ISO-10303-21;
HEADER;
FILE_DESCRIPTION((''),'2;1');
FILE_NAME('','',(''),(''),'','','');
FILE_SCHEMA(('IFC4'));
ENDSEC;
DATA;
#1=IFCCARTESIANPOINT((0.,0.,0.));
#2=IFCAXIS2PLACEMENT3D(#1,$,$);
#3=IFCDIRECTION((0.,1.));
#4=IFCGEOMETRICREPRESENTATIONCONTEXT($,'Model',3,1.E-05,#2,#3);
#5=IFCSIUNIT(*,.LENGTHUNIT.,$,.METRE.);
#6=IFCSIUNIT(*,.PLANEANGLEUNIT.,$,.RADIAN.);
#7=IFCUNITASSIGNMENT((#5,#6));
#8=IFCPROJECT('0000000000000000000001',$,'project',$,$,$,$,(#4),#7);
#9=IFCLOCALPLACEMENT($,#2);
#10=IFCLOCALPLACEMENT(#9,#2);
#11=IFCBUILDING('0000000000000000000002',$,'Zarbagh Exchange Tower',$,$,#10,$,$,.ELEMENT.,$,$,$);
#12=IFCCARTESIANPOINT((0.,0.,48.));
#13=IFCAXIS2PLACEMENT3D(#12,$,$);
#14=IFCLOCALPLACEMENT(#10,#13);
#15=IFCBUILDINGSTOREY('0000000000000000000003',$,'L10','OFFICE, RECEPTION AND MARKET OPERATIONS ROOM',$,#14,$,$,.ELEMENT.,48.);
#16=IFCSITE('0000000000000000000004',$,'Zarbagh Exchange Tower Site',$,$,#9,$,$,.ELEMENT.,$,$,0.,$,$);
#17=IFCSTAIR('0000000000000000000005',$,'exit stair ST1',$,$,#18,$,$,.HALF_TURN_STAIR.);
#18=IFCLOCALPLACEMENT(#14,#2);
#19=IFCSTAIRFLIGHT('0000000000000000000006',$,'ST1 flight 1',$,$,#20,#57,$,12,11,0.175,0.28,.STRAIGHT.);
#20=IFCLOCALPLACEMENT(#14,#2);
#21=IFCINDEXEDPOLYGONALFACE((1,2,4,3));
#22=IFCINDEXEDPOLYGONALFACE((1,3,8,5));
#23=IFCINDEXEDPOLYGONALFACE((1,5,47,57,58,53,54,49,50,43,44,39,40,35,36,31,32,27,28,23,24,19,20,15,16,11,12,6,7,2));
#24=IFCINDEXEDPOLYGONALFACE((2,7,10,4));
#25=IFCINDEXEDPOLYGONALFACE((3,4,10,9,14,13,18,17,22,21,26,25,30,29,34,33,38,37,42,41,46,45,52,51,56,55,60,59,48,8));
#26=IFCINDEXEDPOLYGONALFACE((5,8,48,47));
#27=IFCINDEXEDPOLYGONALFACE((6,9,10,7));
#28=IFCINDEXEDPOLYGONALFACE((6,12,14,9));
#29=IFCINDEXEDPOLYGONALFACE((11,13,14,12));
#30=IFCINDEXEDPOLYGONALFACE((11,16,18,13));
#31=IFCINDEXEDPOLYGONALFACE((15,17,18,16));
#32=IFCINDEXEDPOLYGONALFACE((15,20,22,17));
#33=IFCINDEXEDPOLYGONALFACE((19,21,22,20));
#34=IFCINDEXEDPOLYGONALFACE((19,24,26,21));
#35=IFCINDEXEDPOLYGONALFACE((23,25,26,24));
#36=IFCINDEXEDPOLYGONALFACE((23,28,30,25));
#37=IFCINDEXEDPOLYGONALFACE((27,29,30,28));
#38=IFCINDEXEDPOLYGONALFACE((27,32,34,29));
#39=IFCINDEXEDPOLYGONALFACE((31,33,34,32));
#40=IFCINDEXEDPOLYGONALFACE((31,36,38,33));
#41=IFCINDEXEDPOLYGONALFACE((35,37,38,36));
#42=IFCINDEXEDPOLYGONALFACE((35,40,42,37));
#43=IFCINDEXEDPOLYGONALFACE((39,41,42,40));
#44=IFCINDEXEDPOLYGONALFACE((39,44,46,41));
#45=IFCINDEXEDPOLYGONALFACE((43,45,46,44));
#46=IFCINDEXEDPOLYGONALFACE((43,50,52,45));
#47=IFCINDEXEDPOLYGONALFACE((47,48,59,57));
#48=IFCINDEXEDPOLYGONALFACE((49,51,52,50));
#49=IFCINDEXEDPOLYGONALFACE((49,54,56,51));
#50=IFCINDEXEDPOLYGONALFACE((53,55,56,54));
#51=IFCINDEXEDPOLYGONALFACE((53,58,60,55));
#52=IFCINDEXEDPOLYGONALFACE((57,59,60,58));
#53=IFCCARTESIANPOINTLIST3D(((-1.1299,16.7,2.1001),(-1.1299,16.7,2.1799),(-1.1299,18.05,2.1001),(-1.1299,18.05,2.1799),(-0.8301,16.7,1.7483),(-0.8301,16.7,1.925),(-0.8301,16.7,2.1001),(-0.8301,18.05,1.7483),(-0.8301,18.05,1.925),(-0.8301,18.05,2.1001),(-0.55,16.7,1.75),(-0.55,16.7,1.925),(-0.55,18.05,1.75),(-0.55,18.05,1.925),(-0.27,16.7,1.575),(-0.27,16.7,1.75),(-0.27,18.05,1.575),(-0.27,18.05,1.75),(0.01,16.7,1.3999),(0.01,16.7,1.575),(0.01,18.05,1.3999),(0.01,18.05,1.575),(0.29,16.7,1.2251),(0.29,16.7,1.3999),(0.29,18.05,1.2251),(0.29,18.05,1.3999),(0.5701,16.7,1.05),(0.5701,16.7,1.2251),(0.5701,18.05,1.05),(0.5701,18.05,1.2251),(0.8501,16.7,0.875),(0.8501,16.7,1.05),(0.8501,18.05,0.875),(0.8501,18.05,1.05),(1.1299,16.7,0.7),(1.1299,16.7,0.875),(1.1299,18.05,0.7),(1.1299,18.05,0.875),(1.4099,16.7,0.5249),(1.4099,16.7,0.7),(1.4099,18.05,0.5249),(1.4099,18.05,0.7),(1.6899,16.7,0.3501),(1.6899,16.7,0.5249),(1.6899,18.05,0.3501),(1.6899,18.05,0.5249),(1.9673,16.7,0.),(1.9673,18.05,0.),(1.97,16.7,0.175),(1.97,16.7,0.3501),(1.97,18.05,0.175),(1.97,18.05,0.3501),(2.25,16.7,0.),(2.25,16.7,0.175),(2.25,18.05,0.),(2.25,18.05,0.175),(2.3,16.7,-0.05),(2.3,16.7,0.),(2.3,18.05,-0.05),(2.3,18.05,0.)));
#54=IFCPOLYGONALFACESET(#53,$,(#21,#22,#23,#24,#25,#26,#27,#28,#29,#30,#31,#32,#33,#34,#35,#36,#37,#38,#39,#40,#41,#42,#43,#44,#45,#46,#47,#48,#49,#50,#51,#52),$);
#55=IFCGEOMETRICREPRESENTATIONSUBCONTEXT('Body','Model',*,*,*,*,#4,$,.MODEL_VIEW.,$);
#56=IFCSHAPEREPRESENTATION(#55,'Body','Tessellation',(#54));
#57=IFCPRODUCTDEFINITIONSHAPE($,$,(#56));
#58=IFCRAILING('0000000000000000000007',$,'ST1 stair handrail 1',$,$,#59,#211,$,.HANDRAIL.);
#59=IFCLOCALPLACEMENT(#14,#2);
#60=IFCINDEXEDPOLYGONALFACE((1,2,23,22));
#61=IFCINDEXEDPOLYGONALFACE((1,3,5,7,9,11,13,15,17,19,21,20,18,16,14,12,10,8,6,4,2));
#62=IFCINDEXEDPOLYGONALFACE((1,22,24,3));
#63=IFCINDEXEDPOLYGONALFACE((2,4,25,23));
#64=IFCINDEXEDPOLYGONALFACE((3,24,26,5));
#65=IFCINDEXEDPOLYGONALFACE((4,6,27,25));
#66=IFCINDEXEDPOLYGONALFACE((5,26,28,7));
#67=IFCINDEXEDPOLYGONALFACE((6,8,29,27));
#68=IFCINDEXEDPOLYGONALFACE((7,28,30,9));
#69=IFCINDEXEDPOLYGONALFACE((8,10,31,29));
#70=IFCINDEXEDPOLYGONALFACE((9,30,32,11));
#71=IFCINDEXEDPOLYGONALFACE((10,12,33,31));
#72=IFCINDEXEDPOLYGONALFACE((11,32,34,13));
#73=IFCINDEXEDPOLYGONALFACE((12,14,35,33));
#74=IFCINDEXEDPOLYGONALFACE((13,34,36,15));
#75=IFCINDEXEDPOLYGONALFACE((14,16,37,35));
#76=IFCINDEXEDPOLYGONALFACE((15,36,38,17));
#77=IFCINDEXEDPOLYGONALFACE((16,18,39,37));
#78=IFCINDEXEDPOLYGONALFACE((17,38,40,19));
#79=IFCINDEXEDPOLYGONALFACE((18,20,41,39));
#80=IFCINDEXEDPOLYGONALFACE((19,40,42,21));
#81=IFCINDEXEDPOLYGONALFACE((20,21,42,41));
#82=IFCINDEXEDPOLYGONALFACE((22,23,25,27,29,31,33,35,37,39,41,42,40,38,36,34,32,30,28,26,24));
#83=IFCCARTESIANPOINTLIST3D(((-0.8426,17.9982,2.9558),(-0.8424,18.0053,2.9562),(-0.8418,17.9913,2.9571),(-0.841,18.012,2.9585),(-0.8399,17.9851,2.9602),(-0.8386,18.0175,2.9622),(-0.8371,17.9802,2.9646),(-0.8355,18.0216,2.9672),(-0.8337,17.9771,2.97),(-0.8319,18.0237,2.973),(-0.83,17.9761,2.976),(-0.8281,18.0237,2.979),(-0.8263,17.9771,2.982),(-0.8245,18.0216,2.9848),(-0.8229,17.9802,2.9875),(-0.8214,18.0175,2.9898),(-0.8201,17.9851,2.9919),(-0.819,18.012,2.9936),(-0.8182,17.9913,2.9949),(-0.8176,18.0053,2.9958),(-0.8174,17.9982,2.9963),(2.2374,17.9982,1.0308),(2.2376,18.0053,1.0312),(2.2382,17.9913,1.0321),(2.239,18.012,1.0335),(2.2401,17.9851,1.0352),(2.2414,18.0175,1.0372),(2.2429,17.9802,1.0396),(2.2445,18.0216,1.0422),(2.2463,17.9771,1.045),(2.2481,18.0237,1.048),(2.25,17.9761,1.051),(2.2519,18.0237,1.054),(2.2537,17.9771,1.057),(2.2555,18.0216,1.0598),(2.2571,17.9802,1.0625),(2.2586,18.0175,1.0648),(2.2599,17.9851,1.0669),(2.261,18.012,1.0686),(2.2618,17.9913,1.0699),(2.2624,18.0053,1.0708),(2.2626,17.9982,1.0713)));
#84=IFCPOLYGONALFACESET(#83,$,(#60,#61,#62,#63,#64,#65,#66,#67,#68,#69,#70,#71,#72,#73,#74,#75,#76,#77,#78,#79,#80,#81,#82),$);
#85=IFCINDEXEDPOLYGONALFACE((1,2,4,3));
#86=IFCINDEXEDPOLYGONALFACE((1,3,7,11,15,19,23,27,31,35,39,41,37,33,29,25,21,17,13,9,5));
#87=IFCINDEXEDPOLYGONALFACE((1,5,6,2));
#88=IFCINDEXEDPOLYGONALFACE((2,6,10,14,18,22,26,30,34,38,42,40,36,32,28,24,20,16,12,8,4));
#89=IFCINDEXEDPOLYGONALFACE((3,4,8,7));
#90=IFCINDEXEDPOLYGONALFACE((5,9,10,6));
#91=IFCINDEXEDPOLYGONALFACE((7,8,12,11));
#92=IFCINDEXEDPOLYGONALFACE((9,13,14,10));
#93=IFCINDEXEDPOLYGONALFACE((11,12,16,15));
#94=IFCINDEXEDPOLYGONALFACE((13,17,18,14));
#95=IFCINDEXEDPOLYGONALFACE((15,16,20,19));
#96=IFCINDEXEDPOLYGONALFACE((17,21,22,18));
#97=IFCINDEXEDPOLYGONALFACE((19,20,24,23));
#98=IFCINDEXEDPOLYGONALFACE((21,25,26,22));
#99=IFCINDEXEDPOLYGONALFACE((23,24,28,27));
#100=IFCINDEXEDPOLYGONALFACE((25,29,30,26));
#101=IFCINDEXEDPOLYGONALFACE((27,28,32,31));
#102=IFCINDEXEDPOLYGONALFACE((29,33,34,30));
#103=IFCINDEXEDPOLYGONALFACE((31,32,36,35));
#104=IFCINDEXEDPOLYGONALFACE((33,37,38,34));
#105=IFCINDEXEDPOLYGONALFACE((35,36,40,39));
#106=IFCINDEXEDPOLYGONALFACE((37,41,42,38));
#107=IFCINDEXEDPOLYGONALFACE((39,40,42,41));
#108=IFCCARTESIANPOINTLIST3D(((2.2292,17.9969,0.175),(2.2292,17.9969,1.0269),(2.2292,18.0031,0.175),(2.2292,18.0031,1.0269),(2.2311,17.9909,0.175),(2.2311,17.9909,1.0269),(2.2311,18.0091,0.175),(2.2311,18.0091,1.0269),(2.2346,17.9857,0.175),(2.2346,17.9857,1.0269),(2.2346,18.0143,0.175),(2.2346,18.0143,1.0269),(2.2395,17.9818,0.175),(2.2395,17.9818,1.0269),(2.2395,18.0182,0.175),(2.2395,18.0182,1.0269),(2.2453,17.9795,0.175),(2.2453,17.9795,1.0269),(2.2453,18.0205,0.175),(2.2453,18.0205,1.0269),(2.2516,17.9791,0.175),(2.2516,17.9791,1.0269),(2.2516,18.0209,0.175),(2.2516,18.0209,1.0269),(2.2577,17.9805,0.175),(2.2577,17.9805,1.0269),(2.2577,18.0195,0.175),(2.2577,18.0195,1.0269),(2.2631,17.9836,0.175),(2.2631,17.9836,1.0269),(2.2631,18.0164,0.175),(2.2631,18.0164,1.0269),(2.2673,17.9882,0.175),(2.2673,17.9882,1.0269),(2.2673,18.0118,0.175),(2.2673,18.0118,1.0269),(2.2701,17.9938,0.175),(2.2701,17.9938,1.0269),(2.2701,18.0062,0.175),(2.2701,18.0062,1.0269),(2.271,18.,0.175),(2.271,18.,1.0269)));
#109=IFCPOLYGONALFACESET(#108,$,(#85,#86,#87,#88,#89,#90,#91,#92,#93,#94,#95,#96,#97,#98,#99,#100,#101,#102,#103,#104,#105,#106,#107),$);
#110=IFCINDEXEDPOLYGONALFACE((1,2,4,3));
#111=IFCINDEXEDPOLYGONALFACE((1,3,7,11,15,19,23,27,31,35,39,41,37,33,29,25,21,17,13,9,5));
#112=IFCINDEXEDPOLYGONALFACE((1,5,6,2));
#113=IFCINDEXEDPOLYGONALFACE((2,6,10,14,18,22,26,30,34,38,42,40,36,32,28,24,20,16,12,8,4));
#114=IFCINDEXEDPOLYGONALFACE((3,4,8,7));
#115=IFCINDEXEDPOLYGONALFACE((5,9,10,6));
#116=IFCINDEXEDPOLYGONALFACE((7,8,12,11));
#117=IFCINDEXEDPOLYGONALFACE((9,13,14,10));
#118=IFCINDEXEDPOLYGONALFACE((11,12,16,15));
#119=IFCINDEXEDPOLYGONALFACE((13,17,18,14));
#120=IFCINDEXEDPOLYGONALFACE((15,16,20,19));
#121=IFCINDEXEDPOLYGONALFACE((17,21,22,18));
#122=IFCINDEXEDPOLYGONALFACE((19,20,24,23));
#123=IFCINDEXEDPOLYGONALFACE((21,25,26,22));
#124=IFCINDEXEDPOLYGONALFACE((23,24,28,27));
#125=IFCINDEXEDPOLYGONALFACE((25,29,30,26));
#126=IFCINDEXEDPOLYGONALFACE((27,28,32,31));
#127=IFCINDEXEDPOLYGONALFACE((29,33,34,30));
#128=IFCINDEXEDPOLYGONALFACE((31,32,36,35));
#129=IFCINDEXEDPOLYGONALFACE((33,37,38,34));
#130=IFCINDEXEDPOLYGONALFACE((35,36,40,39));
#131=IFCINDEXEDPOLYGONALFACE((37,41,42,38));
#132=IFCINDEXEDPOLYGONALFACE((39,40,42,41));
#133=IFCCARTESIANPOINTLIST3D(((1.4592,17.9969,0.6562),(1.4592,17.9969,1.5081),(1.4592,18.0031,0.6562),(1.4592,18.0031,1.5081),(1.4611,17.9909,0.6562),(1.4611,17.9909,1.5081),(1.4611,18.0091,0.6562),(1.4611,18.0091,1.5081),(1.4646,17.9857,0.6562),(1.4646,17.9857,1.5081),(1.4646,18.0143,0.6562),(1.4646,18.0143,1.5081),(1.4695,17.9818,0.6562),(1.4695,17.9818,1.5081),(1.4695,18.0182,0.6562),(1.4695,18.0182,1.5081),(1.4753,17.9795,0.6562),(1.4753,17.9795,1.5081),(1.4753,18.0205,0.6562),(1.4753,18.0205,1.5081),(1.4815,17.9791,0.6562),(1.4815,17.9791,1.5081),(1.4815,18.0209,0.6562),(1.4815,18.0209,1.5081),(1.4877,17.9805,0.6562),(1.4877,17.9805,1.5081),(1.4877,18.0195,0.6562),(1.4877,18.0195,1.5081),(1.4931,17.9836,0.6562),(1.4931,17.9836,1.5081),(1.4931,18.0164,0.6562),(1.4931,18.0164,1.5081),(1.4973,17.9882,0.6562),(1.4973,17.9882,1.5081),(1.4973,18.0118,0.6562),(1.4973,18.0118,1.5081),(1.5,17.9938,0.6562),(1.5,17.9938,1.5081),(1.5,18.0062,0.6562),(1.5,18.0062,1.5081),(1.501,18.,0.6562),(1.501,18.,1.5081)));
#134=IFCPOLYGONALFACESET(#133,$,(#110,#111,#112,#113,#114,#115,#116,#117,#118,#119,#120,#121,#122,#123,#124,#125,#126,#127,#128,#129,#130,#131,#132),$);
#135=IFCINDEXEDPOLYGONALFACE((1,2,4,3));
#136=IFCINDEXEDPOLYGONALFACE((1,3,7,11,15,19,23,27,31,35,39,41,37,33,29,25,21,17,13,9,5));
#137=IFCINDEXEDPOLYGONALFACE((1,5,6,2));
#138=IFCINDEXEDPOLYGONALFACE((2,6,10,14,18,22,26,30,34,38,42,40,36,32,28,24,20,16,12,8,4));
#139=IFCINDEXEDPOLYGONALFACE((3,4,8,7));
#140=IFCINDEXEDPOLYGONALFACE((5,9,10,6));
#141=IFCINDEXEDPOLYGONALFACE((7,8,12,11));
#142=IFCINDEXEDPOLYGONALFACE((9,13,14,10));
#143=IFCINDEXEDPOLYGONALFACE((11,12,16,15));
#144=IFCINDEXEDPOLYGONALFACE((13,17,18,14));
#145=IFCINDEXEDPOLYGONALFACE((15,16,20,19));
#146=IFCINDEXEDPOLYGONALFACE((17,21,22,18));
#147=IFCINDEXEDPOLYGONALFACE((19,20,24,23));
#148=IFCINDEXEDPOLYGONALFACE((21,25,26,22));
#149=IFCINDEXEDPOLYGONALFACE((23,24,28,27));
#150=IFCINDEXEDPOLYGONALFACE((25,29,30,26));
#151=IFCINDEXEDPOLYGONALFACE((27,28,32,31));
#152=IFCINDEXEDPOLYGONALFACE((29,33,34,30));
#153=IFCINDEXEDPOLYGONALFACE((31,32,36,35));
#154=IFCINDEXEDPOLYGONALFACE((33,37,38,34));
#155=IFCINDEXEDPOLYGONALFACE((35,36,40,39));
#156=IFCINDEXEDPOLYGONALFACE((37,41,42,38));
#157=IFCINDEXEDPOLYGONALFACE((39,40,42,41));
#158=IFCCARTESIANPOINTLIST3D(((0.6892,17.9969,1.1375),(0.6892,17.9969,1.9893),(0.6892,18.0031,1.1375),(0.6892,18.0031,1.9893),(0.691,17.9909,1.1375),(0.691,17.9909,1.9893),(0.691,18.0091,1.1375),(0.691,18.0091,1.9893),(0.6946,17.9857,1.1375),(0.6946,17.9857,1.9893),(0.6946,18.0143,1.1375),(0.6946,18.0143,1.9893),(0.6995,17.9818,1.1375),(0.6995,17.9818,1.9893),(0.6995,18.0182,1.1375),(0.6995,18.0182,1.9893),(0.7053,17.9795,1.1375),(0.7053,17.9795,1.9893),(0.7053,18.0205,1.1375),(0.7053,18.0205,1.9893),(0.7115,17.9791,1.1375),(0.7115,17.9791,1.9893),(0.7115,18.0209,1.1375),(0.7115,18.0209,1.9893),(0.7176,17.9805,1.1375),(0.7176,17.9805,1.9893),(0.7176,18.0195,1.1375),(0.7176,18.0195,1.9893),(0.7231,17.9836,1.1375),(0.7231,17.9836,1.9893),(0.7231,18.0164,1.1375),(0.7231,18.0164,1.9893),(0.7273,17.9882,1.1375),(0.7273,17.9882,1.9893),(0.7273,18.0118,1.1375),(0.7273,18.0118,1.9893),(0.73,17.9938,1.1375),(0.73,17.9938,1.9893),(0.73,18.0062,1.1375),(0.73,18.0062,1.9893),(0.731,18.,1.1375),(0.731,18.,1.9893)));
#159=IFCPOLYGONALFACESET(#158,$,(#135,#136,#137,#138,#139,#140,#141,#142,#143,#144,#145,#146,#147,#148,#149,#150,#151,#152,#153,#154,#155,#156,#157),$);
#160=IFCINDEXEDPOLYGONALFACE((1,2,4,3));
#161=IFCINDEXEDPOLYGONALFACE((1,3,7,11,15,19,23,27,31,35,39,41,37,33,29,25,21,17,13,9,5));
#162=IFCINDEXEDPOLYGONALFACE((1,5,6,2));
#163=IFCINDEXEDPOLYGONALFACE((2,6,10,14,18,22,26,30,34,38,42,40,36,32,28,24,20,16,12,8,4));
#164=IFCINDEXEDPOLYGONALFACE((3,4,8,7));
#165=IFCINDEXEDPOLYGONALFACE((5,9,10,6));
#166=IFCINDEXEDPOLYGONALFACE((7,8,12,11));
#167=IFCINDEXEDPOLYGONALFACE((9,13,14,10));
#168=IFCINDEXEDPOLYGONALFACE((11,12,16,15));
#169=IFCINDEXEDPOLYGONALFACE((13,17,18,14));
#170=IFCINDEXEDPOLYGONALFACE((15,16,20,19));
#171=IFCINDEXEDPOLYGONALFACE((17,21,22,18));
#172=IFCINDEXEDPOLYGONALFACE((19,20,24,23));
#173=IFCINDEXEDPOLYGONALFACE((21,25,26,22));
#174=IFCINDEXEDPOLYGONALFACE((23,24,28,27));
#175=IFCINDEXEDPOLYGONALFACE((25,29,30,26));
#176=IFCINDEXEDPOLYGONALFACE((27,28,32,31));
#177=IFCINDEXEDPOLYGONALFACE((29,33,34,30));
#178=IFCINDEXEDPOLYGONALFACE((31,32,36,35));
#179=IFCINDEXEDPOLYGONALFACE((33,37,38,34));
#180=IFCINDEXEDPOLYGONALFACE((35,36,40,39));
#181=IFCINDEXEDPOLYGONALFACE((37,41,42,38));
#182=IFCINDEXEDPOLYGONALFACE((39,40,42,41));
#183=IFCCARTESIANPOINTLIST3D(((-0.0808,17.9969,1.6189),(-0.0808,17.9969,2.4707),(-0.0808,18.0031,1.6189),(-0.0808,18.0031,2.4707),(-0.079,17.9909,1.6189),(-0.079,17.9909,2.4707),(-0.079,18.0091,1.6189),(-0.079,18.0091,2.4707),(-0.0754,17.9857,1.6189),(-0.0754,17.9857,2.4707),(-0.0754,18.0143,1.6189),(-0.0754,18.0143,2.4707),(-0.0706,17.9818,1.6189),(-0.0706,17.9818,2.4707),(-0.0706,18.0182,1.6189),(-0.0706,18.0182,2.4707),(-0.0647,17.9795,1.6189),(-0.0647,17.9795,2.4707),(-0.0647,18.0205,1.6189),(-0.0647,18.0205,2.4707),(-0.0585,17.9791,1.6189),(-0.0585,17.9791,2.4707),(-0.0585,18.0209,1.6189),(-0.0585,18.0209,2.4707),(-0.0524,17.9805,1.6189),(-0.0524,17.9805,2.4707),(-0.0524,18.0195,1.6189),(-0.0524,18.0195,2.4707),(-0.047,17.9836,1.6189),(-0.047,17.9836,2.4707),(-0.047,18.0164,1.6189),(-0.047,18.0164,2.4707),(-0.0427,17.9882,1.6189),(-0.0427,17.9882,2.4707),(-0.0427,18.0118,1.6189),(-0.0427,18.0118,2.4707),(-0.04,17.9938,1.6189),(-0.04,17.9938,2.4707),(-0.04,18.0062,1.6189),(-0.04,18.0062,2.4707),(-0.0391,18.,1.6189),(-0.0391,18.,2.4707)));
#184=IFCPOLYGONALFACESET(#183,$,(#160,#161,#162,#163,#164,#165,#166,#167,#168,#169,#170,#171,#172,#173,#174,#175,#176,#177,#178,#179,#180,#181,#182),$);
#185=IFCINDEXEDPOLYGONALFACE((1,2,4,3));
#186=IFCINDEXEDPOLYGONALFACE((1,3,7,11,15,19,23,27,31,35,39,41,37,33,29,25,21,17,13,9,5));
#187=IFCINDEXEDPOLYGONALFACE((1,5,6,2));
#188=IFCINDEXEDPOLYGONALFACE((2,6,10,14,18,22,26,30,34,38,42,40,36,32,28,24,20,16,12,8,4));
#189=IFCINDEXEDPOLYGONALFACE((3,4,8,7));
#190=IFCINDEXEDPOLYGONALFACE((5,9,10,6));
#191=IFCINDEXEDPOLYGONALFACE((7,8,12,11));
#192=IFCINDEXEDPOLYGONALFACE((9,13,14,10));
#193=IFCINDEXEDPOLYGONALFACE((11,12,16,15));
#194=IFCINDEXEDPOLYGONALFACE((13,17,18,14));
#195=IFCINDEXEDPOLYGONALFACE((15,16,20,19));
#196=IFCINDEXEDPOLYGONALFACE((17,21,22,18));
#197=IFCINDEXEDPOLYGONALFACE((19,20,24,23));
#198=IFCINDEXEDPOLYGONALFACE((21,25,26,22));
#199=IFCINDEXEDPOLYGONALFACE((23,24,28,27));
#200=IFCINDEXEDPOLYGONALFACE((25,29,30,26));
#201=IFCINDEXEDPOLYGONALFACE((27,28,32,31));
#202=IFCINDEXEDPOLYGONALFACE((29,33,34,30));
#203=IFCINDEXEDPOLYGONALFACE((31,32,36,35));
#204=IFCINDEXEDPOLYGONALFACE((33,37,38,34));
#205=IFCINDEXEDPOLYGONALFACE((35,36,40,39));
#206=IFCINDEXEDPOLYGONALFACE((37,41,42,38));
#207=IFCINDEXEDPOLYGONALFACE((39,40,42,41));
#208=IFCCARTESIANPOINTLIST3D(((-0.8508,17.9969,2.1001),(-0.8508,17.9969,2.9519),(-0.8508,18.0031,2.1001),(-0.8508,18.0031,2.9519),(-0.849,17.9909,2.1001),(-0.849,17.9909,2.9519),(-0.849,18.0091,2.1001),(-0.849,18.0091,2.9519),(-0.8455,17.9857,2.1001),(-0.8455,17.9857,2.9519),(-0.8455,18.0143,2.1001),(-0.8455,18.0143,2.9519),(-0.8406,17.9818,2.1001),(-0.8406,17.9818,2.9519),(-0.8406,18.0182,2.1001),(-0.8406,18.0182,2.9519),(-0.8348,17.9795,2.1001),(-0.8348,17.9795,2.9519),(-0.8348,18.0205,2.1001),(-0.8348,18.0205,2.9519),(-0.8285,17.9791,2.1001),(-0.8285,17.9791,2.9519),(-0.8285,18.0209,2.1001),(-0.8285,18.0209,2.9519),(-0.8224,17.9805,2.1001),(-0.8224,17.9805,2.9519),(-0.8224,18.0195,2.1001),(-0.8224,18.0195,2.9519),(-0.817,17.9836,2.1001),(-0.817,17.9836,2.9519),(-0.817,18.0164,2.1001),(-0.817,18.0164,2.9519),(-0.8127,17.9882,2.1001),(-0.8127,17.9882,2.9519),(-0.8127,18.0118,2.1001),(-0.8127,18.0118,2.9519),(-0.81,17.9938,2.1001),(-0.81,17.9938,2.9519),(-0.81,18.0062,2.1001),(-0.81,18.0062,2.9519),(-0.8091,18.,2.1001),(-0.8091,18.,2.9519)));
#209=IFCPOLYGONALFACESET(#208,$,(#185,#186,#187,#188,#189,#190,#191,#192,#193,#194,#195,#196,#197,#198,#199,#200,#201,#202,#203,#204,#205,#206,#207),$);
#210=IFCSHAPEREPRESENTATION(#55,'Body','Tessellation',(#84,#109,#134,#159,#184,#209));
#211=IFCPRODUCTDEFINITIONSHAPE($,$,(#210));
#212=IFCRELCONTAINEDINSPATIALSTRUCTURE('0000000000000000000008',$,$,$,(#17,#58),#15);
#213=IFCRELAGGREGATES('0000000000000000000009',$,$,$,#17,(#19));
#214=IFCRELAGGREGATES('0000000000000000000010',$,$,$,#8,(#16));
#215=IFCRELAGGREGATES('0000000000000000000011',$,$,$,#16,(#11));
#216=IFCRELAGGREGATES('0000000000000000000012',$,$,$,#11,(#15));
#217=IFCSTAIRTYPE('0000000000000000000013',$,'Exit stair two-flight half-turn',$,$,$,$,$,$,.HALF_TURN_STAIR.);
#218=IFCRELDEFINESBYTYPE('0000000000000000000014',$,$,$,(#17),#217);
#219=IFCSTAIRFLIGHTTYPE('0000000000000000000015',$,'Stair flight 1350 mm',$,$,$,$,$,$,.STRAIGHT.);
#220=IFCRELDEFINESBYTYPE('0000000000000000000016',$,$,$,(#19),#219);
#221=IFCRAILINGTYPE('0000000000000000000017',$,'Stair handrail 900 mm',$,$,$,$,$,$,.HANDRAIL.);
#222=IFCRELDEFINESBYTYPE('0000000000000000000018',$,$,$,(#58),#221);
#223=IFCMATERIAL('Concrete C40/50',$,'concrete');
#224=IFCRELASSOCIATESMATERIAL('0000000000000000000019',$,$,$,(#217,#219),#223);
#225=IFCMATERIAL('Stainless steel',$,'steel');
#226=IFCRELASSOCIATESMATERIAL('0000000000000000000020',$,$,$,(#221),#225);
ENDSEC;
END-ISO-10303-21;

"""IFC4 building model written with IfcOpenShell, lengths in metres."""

from ifc_helpers import new_model, si_unit, direction, frame, origin, origin_2d, place, context, subcontext, project, spatial, polyline, circle, outline, extrude, material, type_object, element, aggregate, save


model = new_model("IFC4")

# Units and contexts
model_context = context("Model", 3, precision=1e-05, world=origin(), true_north=direction((0.0, 1.0)))
body_context = subcontext(model_context, "Body", "Model", "MODEL_VIEW")
ifc_project = project(units=[si_unit("LENGTHUNIT", "METRE"), si_unit("PLANEANGLEUNIT", "RADIAN")], contexts=[model_context])

# Site, building, storey
site_placement = place(None, origin())
site = spatial("IfcSite", under=ifc_project, at=site_placement, Name="Zarbagh Exchange Tower Site", CompositionType="ELEMENT", RefElevation=0.0)
building_placement = place(site_placement, origin())
building = spatial("IfcBuilding", under=site, at=building_placement, Name="Zarbagh Exchange Tower", CompositionType="ELEMENT")
storey_placement = place(building_placement, frame((0.0, 0.0, 48.0)))
storey = spatial("IfcBuildingStorey", under=building, at=storey_placement, Name="L10", Description="OFFICE, RECEPTION AND MARKET OPERATIONS ROOM", CompositionType="ELEMENT", Elevation=48.0)

# Stair, stair flight
ifc_material_1 = material(Name="Concrete C40/50", Category="concrete")
stair_type = type_object("IfcStairType", Name="Exit stair two-flight half-turn", PredefinedType="HALF_TURN_STAIR", material=ifc_material_1)
stair_placement = place(storey_placement, origin())
stair = element("IfcStair", 1, at=stair_placement, inside=storey, type_object=stair_type, Name="exit stair ST1", PredefinedType="HALF_TURN_STAIR")
stair_flight_type = type_object("IfcStairFlightType", Name="Stair flight 1350 mm", PredefinedType="STRAIGHT", material=ifc_material_1)
stair_flight_placement = place(storey_placement, frame((2.25, 17.375, 0.0), z_axis=(0.0, 0.0, 1.0), x_axis=(-1.0, 0.0, 0.0)))
stair_flight = element("IfcStairFlight", 2, at=stair_flight_placement, type_object=stair_flight_type, Name="ST1 flight 1", NumberOfRisers=12, NumberOfTreads=11, PredefinedType="STRAIGHT", RiserHeight=0.175, TreadLength=0.28, context=body_context, shape_type="SweptSolid", body=[
    extrude(outline(polyline([(-0.05, -0.05), (-0.05, 0.0), (0.0, 0.0), (0.0, 0.175), (0.28, 0.175), (0.28, 0.3501), (0.5601, 0.3501), (0.5601, 0.5249), (0.8401, 0.5249), (0.8401, 0.7), (1.1201, 0.7), (1.1201, 0.875), (1.3999, 0.875), (1.3999, 1.05), (1.6799, 1.05), (1.6799, 1.2251), (1.96, 1.2251), (1.96, 1.3999), (2.24, 1.3999), (2.24, 1.575), (2.52, 1.575), (2.52, 1.75), (2.8, 1.75), (2.8, 1.925), (3.0801, 1.925), (3.0801, 2.1001), (3.3799, 2.1799), (3.3799, 2.1001), (3.0801, 1.7483), (0.2827, 0.0), (-0.05, -0.05)])), frame((0.0, 0.675, 0.0), z_axis=(0.0, -1.0, 0.0), x_axis=(1.0, 0.0, 0.0)), (0.0, 0.0, 1.0), 1.3501),
])
aggregate(stair, [stair_flight])

# Railing
ifc_material_2 = material(Name="Stainless steel", Category="steel")
railing_type = type_object("IfcRailingType", Name="Stair handrail 900 mm", PredefinedType="HANDRAIL", material=ifc_material_2)
railing_placement = place(storey_placement, frame((2.25, 18.0, 0.175)))
element("IfcRailing", 3, at=railing_placement, inside=storey, type_object=railing_type, Name="ST1 stair handrail 1", PredefinedType="HANDRAIL", context=body_context, shape_type="SweptSolid", body=[
    extrude(circle(Radius=0.0239, at=origin_2d()), frame((0.0, 0.0, 0.876), z_axis=(-0.847998, 0.0, 0.529999), x_axis=(0.0, -1.0, 0.0)), (0.0, 0.0, 1.0), 3.6321),
    extrude(circle(Radius=0.021, at=origin_2d()), origin(), (0.0, 0.0, 1.0), 0.8518),
    extrude(circle(Radius=0.021, at=origin_2d()), frame((-0.77, 0.0, 0.4812)), (0.0, 0.0, 1.0), 0.8518),
    extrude(circle(Radius=0.021, at=origin_2d()), frame((-1.54, 0.0, 0.9624)), (0.0, 0.0, 1.0), 0.8518),
    extrude(circle(Radius=0.021, at=origin_2d()), frame((-2.3101, 0.0, 1.4438)), (0.0, 0.0, 1.0), 0.8518),
    extrude(circle(Radius=0.021, at=origin_2d()), frame((-3.0801, 0.0, 1.925)), (0.0, 0.0, 1.0), 0.8518),
])

save(model, "model.ifc")
